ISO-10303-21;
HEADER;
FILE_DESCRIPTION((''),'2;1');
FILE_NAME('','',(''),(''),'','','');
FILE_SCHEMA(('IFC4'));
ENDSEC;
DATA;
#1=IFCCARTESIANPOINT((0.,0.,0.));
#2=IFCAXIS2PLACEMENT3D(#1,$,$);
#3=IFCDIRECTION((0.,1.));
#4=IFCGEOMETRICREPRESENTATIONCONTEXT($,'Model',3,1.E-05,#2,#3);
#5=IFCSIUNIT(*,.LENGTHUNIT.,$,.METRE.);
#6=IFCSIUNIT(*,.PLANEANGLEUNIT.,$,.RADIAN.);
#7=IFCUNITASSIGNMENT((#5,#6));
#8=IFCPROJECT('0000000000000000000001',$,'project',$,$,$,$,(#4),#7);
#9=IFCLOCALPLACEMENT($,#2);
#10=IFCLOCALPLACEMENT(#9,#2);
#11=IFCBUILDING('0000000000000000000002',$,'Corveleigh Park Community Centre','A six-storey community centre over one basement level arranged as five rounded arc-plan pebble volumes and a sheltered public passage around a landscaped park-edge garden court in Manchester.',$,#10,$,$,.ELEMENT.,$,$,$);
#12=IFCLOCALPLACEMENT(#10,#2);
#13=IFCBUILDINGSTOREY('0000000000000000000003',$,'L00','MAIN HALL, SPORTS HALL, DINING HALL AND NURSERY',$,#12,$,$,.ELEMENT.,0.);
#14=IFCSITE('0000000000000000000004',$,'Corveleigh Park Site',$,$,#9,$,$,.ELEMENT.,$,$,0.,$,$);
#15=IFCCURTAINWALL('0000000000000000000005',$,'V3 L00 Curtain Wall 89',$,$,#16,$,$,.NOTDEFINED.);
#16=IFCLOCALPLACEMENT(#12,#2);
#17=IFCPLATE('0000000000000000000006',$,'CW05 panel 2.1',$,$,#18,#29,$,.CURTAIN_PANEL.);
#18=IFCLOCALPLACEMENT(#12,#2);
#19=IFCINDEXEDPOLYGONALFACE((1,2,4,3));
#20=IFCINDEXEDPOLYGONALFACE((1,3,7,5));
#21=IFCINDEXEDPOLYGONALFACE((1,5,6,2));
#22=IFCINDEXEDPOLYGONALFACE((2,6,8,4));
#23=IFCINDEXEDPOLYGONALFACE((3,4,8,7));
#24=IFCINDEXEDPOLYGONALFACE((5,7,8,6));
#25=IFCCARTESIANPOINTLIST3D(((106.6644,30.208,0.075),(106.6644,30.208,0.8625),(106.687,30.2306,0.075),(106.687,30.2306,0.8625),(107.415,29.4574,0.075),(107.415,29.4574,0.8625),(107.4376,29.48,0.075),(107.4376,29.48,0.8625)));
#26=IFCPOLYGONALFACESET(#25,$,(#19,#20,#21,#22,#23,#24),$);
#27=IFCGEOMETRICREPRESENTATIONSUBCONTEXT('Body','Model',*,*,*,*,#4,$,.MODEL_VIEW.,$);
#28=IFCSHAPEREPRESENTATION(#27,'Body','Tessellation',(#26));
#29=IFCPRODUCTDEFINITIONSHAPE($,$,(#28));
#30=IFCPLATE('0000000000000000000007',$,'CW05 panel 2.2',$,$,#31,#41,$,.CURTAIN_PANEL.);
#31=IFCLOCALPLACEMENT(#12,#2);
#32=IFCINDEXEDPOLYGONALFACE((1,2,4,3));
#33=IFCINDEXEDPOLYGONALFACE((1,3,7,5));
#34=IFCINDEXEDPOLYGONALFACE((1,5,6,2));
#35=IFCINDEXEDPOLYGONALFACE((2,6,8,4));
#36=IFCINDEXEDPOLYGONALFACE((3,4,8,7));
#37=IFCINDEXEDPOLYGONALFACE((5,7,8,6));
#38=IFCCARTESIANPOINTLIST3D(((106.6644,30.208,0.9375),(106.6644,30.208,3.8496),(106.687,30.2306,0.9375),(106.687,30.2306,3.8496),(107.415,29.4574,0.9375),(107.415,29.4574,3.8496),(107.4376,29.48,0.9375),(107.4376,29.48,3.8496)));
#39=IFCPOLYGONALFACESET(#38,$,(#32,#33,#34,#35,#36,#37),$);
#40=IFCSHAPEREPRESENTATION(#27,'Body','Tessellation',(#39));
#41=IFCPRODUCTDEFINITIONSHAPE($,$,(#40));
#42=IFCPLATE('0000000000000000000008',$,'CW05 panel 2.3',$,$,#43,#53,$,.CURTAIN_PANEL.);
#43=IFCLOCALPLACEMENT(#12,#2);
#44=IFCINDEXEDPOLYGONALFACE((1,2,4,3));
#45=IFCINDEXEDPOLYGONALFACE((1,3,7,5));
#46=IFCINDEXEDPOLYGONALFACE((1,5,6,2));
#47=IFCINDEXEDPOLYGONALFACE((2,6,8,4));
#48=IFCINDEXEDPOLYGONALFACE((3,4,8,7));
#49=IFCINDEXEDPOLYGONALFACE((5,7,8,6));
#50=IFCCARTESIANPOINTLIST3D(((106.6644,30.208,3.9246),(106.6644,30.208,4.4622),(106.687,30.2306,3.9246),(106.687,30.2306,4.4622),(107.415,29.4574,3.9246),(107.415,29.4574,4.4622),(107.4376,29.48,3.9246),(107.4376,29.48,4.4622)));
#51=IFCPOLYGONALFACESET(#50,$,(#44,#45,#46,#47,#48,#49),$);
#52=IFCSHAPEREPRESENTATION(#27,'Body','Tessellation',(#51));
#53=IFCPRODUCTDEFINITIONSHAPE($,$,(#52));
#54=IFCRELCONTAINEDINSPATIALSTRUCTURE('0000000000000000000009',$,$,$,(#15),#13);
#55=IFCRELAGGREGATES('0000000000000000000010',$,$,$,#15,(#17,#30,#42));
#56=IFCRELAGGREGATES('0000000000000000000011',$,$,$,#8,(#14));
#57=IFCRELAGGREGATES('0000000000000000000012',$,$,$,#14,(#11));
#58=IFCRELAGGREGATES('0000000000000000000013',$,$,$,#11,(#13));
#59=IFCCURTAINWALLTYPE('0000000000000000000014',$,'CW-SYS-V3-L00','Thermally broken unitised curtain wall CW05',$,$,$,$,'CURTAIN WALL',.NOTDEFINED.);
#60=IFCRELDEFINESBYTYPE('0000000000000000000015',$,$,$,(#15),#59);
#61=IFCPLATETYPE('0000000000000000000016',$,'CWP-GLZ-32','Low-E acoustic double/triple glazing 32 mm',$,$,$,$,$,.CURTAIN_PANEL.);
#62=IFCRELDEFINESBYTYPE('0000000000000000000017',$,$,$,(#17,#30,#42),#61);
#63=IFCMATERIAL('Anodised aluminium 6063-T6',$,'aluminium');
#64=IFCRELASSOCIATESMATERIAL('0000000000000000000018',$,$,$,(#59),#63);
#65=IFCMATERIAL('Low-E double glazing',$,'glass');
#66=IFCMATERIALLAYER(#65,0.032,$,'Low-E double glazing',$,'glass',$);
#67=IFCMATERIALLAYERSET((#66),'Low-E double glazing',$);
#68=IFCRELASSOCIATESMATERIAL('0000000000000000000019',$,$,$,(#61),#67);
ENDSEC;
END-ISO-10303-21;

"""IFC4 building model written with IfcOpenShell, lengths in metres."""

from ifc_helpers import new_model, si_unit, direction, frame, origin, origin_2d, place, context, subcontext, project, spatial, rectangle, extrude, material, layer, layer_set, type_object, element, aggregate, save


model = new_model("IFC4")

# Units and contexts
model_context = context("Model", 3, precision=1e-05, world=origin(), true_north=direction((0.0, 1.0)))
body_context = subcontext(model_context, "Body", "Model", "MODEL_VIEW")
ifc_project = project(units=[si_unit("LENGTHUNIT", "METRE"), si_unit("PLANEANGLEUNIT", "RADIAN")], contexts=[model_context])

# Site, building, storey
site_placement = place(None, origin())
site = spatial("IfcSite", under=ifc_project, at=site_placement, Name="Corveleigh Park Site", CompositionType="ELEMENT", RefElevation=0.0)
building_placement = place(site_placement, origin())
building = spatial("IfcBuilding", under=site, at=building_placement, Name="Corveleigh Park Community Centre", Description="A six-storey community centre over one basement level arranged as five rounded arc-plan pebble volumes and a sheltered public passage around a landscaped park-edge garden court in Manchester.", CompositionType="ELEMENT")
storey_placement = place(building_placement, origin())
storey = spatial("IfcBuildingStorey", under=building, at=storey_placement, Name="L00", Description="MAIN HALL, SPORTS HALL, DINING HALL AND NURSERY", CompositionType="ELEMENT", Elevation=0.0)

# Curtain wall
ifc_material_1 = material(Name="Anodised aluminium 6063-T6", Category="aluminium")
curtain_wall_type = type_object("IfcCurtainWallType", Name="CW-SYS-V3-L00", Description="Thermally broken unitised curtain wall CW05", ElementType="CURTAIN WALL", PredefinedType="NOTDEFINED", material=ifc_material_1)
curtain_wall_1_placement = place(storey_placement, origin())
curtain_wall_1 = element("IfcCurtainWall", 1, at=curtain_wall_1_placement, inside=storey, type_object=curtain_wall_type, Name="V3 L00 Curtain Wall 89", PredefinedType="NOTDEFINED")

# Plates
ifc_material_2 = material(Name="Low-E double glazing", Category="glass")
ifc_layer_1 = layer(ifc_material_2, 0.032, Name="Low-E double glazing", Category="glass")
ifc_layer_set_1 = layer_set([ifc_layer_1], Name="Low-E double glazing")
plate_type_1 = type_object("IfcPlateType", Name="CWP-GLZ-32", Description="Low-E acoustic double/triple glazing 32 mm", PredefinedType="CURTAIN_PANEL", material=ifc_layer_set_1)
plate_1_placement = place(storey_placement, frame((107.051, 29.844, 0.075), z_axis=(0.0, 0.0, 1.0), x_axis=(0.707107, -0.707107, 0.0)))
plate_1 = element("IfcPlate", 2, at=plate_1_placement, type_object=plate_type_1, Name="CW05 panel 2.1", PredefinedType="CURTAIN_PANEL", context=body_context, shape_type="SweptSolid", body=[
    extrude(rectangle(XDim=1.0615, YDim=0.032, at=origin_2d()), origin(), (0.0, 0.0, 1.0), 0.7876),
])
plate_2_placement = place(storey_placement, frame((107.051, 29.844, 0.9375), z_axis=(0.0, 0.0, 1.0), x_axis=(0.707107, -0.707107, 0.0)))
plate_2 = element("IfcPlate", 3, at=plate_2_placement, type_object=plate_type_1, Name="CW05 panel 2.2", PredefinedType="CURTAIN_PANEL", context=body_context, shape_type="SweptSolid", body=[
    extrude(rectangle(XDim=1.0615, YDim=0.032, at=origin_2d()), origin(), (0.0, 0.0, 1.0), 2.9121),
])
plate_3_placement = place(storey_placement, frame((107.051, 29.844, 3.9246), z_axis=(0.0, 0.0, 1.0), x_axis=(0.707107, -0.707107, 0.0)))
plate_3 = element("IfcPlate", 4, at=plate_3_placement, type_object=plate_type_1, Name="CW05 panel 2.3", PredefinedType="CURTAIN_PANEL", context=body_context, shape_type="SweptSolid", body=[
    extrude(rectangle(XDim=1.0615, YDim=0.032, at=origin_2d()), origin(), (0.0, 0.0, 1.0), 0.5376),
])
aggregate(curtain_wall_1, [plate_1, plate_2, plate_3])

save(model, "model.ifc")
